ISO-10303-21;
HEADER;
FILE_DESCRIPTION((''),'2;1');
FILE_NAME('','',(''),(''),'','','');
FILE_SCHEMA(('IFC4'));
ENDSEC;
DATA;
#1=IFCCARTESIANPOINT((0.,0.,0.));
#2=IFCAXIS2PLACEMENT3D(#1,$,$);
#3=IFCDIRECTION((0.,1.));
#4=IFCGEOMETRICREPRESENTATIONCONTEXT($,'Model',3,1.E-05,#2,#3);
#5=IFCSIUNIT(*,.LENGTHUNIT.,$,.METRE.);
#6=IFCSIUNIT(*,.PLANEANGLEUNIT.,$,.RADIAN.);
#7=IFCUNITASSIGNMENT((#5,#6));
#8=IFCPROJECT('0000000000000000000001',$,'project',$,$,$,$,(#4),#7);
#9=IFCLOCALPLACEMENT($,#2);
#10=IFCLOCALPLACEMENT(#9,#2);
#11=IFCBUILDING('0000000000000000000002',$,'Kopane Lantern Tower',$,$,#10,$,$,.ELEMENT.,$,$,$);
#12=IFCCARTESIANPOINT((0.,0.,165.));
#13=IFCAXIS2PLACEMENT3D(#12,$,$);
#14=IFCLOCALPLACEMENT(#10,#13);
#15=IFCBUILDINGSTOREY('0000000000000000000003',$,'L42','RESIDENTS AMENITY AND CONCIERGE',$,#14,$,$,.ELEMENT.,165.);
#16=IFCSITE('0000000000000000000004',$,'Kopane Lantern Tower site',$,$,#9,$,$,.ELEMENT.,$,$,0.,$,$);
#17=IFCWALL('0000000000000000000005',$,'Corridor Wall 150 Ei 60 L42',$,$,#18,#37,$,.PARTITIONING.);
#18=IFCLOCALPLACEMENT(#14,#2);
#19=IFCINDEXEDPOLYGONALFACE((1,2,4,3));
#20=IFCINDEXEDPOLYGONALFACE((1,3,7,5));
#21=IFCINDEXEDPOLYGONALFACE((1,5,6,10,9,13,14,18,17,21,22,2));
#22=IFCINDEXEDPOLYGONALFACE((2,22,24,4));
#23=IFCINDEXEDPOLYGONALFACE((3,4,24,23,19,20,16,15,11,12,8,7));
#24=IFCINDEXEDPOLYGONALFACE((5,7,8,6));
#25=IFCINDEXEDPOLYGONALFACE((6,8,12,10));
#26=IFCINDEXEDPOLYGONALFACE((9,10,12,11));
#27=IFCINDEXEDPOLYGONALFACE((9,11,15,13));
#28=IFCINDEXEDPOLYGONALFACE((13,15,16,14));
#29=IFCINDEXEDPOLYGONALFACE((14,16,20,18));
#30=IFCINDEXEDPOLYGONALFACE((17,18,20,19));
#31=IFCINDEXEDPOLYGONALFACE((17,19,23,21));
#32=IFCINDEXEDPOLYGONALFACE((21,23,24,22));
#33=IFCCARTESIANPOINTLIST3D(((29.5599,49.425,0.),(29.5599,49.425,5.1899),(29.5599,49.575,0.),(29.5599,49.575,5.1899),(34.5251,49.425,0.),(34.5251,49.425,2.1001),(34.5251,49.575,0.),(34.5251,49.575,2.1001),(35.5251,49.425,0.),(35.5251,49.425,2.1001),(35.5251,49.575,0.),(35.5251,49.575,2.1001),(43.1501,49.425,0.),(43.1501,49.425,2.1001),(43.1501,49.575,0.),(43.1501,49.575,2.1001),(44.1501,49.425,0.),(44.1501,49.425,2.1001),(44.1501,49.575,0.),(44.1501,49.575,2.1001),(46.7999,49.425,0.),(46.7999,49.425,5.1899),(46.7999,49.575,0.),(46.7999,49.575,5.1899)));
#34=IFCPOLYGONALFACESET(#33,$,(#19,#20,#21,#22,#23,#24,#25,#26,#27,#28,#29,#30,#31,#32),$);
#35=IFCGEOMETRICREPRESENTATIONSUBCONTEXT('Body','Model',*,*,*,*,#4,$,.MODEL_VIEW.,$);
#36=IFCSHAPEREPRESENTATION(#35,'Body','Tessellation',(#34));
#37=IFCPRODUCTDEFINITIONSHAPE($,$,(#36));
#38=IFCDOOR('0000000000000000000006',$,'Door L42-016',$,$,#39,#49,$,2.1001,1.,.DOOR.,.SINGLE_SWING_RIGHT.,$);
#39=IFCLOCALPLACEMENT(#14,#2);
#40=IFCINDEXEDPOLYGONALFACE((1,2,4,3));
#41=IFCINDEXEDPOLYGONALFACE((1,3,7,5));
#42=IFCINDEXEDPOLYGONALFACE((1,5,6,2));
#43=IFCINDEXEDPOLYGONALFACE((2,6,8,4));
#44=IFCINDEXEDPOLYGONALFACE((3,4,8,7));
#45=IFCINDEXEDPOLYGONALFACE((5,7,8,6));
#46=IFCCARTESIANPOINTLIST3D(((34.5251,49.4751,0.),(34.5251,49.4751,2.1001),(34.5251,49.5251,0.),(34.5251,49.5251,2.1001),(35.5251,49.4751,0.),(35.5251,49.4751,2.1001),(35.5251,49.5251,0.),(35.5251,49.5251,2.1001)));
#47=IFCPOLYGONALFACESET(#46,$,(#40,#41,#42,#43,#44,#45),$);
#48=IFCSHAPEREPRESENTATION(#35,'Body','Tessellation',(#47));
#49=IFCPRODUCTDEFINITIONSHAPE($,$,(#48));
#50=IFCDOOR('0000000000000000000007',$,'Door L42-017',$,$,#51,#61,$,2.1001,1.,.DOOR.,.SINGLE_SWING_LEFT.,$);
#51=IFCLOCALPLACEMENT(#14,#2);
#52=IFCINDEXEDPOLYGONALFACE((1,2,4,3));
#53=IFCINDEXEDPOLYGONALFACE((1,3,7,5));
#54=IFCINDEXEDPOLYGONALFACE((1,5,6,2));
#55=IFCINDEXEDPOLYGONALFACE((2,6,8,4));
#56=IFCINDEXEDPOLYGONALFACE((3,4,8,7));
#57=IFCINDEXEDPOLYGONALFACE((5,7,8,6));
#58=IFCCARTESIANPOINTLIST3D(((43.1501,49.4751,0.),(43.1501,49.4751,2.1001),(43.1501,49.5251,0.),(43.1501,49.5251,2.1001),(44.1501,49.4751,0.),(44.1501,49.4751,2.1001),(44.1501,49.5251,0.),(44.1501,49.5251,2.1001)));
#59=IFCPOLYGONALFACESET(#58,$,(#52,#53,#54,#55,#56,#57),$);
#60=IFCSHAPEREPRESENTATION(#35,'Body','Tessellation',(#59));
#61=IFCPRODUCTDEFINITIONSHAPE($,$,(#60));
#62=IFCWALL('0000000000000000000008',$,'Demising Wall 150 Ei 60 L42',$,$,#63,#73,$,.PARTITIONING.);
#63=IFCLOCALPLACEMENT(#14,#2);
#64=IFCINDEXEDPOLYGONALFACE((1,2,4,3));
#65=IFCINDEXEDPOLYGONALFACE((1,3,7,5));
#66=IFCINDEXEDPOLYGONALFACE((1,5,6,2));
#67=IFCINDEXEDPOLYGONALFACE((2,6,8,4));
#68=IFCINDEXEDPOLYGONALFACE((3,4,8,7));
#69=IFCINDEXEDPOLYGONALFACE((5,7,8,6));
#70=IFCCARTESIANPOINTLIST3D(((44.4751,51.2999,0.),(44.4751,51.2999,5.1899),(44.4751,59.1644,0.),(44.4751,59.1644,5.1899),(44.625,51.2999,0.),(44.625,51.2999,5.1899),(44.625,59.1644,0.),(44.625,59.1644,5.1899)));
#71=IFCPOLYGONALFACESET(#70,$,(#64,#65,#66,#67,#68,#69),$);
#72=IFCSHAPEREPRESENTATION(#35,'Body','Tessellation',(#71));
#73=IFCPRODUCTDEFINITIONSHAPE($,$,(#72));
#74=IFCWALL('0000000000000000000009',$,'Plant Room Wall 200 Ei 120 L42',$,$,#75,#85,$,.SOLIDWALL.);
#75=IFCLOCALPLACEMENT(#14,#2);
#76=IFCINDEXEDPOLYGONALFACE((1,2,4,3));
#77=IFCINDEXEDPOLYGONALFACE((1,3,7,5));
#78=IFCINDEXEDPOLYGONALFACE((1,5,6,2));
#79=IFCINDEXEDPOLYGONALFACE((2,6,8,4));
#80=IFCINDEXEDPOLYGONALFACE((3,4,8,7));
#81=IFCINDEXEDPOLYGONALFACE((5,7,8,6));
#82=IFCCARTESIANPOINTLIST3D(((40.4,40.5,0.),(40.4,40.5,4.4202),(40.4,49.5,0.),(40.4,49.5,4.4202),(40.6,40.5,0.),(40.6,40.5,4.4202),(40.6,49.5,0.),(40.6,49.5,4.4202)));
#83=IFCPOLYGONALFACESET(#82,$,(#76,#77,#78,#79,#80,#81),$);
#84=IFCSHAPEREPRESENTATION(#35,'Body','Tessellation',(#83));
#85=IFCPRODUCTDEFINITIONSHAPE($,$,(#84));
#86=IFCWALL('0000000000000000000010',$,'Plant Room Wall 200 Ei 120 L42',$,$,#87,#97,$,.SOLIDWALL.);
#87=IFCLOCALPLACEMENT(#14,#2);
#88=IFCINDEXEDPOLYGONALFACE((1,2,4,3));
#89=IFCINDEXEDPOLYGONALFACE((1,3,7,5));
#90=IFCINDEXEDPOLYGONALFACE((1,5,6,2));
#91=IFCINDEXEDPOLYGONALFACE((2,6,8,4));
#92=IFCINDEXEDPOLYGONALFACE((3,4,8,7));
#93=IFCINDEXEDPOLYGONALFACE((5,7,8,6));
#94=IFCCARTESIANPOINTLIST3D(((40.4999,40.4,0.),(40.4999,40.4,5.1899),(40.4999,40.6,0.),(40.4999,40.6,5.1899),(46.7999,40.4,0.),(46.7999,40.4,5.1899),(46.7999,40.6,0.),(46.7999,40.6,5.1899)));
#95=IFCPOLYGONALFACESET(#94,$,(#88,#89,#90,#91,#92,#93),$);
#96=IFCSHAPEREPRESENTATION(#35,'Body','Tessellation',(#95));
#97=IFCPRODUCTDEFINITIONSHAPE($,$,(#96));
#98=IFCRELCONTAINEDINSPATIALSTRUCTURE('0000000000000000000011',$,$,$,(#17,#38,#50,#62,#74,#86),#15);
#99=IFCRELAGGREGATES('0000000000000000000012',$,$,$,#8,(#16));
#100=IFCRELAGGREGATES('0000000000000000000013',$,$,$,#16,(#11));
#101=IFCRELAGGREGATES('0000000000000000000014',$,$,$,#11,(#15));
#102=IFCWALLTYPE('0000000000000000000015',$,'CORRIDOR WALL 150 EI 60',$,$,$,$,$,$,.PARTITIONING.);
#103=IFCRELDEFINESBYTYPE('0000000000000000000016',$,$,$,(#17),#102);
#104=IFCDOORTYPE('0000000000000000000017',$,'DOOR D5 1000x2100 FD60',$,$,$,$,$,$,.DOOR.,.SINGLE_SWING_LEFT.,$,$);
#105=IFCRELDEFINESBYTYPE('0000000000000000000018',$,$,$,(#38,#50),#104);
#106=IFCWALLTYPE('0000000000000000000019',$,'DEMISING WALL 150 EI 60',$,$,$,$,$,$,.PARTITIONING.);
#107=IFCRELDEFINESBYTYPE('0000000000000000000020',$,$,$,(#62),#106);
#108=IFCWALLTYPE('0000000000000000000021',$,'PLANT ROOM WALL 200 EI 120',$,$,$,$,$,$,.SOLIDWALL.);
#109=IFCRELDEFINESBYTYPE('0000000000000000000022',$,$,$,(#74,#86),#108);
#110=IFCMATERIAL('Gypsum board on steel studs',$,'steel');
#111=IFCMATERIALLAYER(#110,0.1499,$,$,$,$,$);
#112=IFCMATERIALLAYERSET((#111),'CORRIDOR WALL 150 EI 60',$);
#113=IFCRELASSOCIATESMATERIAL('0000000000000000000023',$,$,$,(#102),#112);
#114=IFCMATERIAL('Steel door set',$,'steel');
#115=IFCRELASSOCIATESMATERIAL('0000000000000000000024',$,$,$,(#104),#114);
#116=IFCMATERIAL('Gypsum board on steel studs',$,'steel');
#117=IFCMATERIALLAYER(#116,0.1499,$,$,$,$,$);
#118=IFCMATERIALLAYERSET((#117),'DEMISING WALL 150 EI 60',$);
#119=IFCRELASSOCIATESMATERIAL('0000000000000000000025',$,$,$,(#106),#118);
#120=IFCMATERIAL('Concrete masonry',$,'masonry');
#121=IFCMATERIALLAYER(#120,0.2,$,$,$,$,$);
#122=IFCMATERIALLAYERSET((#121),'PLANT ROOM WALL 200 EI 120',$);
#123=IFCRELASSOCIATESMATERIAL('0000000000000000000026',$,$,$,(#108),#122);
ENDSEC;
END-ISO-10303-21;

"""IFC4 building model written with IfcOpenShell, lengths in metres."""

from ifc_helpers import new_model, si_unit, direction, frame, frame_2d, origin, place, context, subcontext, project, spatial, rectangle, extrude, material, layer, layer_set, type_object, element, fill, save


model = new_model("IFC4")

# Units and contexts
model_context = context("Model", 3, precision=1e-05, world=origin(), true_north=direction((0.0, 1.0)))
body_context = subcontext(model_context, "Body", "Model", "MODEL_VIEW")
ifc_project = project(units=[si_unit("LENGTHUNIT", "METRE"), si_unit("PLANEANGLEUNIT", "RADIAN")], contexts=[model_context])

# Site, building, storey
site_placement = place(None, origin())
site = spatial("IfcSite", under=ifc_project, at=site_placement, Name="Kopane Lantern Tower site", CompositionType="ELEMENT", RefElevation=0.0)
building_placement = place(site_placement, origin())
building = spatial("IfcBuilding", under=site, at=building_placement, Name="Kopane Lantern Tower", CompositionType="ELEMENT")
storey_placement = place(building_placement, frame((0.0, 0.0, 165.0)))
storey = spatial("IfcBuildingStorey", under=building, at=storey_placement, Name="L42", Description="RESIDENTS AMENITY AND CONCIERGE", CompositionType="ELEMENT", Elevation=165.0)

# Wall, openings, doors
ifc_material_1 = material(Name="Gypsum board on steel studs", Category="steel")
ifc_layer_1 = layer(ifc_material_1, 0.1499)
ifc_layer_set_1 = layer_set([ifc_layer_1], Name="CORRIDOR WALL 150 EI 60")
wall_type_1 = type_object("IfcWallType", Name="CORRIDOR WALL 150 EI 60", PredefinedType="PARTITIONING", material=ifc_layer_set_1)
wall_1_placement = place(storey_placement, frame((46.8, 49.5, 0.0), z_axis=(0.0, 0.0, 1.0), x_axis=(-1.0, 0.0, 0.0)))
wall_1 = element("IfcWall", 1, at=wall_1_placement, inside=storey, type_object=wall_type_1, Name="Corridor Wall 150 Ei 60 L42", PredefinedType="PARTITIONING", context=body_context, shape_type="SweptSolid", body=[
    extrude(rectangle(XDim=17.24, YDim=0.1499, at=frame_2d((8.6201, 0.0))), origin(), (0.0, 0.0, 1.0), 5.1899),
])
opening_1_placement = place(wall_1_placement, frame((11.2749, 0.0, 0.0)))
opening_1 = element("IfcOpeningElement", 2, at=opening_1_placement, cuts=wall_1, PredefinedType="OPENING", context=body_context, shape_type="SweptSolid", body=[
    extrude(rectangle(XDim=1.0, YDim=2.1001, at=frame_2d((0.5, 1.05))), frame((0.0, 0.085, 0.0), z_axis=(0.0, -1.0, 0.0), x_axis=(1.0, 0.0, 0.0)), (0.0, 0.0, 1.0), 0.1699),
])
opening_2_placement = place(wall_1_placement, frame((2.6499, 0.0, 0.0)))
opening_2 = element("IfcOpeningElement", 3, at=opening_2_placement, cuts=wall_1, PredefinedType="OPENING", context=body_context, shape_type="SweptSolid", body=[
    extrude(rectangle(XDim=1.0, YDim=2.1001, at=frame_2d((0.5, 1.05))), frame((0.0, 0.085, 0.0), z_axis=(0.0, -1.0, 0.0), x_axis=(1.0, 0.0, 0.0)), (0.0, 0.0, 1.0), 0.1699),
])
ifc_material_2 = material(Name="Steel door set", Category="steel")
door_type_1 = type_object("IfcDoorType", Name="DOOR D5 1000x2100 FD60", OperationType="SINGLE_SWING_LEFT", PredefinedType="DOOR", material=ifc_material_2)
door_1_placement = place(opening_1_placement, origin())
door_1 = element("IfcDoor", 4, at=door_1_placement, inside=storey, type_object=door_type_1, Name="Door L42-016", OperationType="SINGLE_SWING_RIGHT", OverallHeight=2.1001, OverallWidth=1.0, PredefinedType="DOOR", context=body_context, shape_type="SweptSolid", body=[
    extrude(rectangle(XDim=1.0, YDim=2.1001, at=frame_2d((0.5, 1.05))), frame((0.0, 0.0249, 0.0), z_axis=(0.0, -1.0, 0.0), x_axis=(1.0, 0.0, 0.0)), (0.0, 0.0, 1.0), 0.05),
])
fill(opening_1, door_1)
door_2_placement = place(opening_2_placement, origin())
door_2 = element("IfcDoor", 5, at=door_2_placement, inside=storey, type_object=door_type_1, Name="Door L42-017", OperationType="SINGLE_SWING_LEFT", OverallHeight=2.1001, OverallWidth=1.0, PredefinedType="DOOR", context=body_context, shape_type="SweptSolid", body=[
    extrude(rectangle(XDim=1.0, YDim=2.1001, at=frame_2d((0.5, 1.05))), frame((0.0, 0.0249, 0.0), z_axis=(0.0, -1.0, 0.0), x_axis=(1.0, 0.0, 0.0)), (0.0, 0.0, 1.0), 0.05),
])
fill(opening_2, door_2)

# Walls
ifc_material_3 = material(Name="Gypsum board on steel studs", Category="steel")
ifc_layer_2 = layer(ifc_material_3, 0.1499)
ifc_layer_set_2 = layer_set([ifc_layer_2], Name="DEMISING WALL 150 EI 60")
wall_type_2 = type_object("IfcWallType", Name="DEMISING WALL 150 EI 60", PredefinedType="PARTITIONING", material=ifc_layer_set_2)
wall_2_placement = place(storey_placement, frame((44.55, 51.3, 0.0), z_axis=(0.0, 0.0, 1.0), x_axis=(0.0, 1.0, 0.0)))
element("IfcWall", 6, at=wall_2_placement, inside=storey, type_object=wall_type_2, Name="Demising Wall 150 Ei 60 L42", PredefinedType="PARTITIONING", context=body_context, shape_type="SweptSolid", body=[
    extrude(rectangle(XDim=7.8645, YDim=0.1499, at=frame_2d((3.9321, 0.0))), origin(), (0.0, 0.0, 1.0), 5.1899),
])
ifc_material_4 = material(Name="Concrete masonry", Category="masonry")
ifc_layer_3 = layer(ifc_material_4, 0.2)
ifc_layer_set_3 = layer_set([ifc_layer_3], Name="PLANT ROOM WALL 200 EI 120")
wall_type_3 = type_object("IfcWallType", Name="PLANT ROOM WALL 200 EI 120", PredefinedType="SOLIDWALL", material=ifc_layer_set_3)
wall_3_placement = place(storey_placement, frame((40.5, 40.5, 0.0), z_axis=(0.0, 0.0, 1.0), x_axis=(0.0, 1.0, 0.0)))
element("IfcWall", 7, at=wall_3_placement, inside=storey, type_object=wall_type_3, Name="Plant Room Wall 200 Ei 120 L42", PredefinedType="SOLIDWALL", context=body_context, shape_type="SweptSolid", body=[
    extrude(rectangle(XDim=9.0, YDim=0.2, at=frame_2d((4.5, 0.0))), origin(), (0.0, 0.0, 1.0), 4.4202),
])
wall_4_placement = place(storey_placement, frame((40.5, 40.5, 0.0), z_axis=(0.0, 0.0, 1.0), x_axis=(1.0, 0.0, 0.0)))
element("IfcWall", 8, at=wall_4_placement, inside=storey, type_object=wall_type_3, Name="Plant Room Wall 200 Ei 120 L42", PredefinedType="SOLIDWALL", context=body_context, shape_type="SweptSolid", body=[
    extrude(rectangle(XDim=6.3, YDim=0.2, at=frame_2d((3.1499, 0.0))), origin(), (0.0, 0.0, 1.0), 5.1899),
])

save(model, "model.ifc")
